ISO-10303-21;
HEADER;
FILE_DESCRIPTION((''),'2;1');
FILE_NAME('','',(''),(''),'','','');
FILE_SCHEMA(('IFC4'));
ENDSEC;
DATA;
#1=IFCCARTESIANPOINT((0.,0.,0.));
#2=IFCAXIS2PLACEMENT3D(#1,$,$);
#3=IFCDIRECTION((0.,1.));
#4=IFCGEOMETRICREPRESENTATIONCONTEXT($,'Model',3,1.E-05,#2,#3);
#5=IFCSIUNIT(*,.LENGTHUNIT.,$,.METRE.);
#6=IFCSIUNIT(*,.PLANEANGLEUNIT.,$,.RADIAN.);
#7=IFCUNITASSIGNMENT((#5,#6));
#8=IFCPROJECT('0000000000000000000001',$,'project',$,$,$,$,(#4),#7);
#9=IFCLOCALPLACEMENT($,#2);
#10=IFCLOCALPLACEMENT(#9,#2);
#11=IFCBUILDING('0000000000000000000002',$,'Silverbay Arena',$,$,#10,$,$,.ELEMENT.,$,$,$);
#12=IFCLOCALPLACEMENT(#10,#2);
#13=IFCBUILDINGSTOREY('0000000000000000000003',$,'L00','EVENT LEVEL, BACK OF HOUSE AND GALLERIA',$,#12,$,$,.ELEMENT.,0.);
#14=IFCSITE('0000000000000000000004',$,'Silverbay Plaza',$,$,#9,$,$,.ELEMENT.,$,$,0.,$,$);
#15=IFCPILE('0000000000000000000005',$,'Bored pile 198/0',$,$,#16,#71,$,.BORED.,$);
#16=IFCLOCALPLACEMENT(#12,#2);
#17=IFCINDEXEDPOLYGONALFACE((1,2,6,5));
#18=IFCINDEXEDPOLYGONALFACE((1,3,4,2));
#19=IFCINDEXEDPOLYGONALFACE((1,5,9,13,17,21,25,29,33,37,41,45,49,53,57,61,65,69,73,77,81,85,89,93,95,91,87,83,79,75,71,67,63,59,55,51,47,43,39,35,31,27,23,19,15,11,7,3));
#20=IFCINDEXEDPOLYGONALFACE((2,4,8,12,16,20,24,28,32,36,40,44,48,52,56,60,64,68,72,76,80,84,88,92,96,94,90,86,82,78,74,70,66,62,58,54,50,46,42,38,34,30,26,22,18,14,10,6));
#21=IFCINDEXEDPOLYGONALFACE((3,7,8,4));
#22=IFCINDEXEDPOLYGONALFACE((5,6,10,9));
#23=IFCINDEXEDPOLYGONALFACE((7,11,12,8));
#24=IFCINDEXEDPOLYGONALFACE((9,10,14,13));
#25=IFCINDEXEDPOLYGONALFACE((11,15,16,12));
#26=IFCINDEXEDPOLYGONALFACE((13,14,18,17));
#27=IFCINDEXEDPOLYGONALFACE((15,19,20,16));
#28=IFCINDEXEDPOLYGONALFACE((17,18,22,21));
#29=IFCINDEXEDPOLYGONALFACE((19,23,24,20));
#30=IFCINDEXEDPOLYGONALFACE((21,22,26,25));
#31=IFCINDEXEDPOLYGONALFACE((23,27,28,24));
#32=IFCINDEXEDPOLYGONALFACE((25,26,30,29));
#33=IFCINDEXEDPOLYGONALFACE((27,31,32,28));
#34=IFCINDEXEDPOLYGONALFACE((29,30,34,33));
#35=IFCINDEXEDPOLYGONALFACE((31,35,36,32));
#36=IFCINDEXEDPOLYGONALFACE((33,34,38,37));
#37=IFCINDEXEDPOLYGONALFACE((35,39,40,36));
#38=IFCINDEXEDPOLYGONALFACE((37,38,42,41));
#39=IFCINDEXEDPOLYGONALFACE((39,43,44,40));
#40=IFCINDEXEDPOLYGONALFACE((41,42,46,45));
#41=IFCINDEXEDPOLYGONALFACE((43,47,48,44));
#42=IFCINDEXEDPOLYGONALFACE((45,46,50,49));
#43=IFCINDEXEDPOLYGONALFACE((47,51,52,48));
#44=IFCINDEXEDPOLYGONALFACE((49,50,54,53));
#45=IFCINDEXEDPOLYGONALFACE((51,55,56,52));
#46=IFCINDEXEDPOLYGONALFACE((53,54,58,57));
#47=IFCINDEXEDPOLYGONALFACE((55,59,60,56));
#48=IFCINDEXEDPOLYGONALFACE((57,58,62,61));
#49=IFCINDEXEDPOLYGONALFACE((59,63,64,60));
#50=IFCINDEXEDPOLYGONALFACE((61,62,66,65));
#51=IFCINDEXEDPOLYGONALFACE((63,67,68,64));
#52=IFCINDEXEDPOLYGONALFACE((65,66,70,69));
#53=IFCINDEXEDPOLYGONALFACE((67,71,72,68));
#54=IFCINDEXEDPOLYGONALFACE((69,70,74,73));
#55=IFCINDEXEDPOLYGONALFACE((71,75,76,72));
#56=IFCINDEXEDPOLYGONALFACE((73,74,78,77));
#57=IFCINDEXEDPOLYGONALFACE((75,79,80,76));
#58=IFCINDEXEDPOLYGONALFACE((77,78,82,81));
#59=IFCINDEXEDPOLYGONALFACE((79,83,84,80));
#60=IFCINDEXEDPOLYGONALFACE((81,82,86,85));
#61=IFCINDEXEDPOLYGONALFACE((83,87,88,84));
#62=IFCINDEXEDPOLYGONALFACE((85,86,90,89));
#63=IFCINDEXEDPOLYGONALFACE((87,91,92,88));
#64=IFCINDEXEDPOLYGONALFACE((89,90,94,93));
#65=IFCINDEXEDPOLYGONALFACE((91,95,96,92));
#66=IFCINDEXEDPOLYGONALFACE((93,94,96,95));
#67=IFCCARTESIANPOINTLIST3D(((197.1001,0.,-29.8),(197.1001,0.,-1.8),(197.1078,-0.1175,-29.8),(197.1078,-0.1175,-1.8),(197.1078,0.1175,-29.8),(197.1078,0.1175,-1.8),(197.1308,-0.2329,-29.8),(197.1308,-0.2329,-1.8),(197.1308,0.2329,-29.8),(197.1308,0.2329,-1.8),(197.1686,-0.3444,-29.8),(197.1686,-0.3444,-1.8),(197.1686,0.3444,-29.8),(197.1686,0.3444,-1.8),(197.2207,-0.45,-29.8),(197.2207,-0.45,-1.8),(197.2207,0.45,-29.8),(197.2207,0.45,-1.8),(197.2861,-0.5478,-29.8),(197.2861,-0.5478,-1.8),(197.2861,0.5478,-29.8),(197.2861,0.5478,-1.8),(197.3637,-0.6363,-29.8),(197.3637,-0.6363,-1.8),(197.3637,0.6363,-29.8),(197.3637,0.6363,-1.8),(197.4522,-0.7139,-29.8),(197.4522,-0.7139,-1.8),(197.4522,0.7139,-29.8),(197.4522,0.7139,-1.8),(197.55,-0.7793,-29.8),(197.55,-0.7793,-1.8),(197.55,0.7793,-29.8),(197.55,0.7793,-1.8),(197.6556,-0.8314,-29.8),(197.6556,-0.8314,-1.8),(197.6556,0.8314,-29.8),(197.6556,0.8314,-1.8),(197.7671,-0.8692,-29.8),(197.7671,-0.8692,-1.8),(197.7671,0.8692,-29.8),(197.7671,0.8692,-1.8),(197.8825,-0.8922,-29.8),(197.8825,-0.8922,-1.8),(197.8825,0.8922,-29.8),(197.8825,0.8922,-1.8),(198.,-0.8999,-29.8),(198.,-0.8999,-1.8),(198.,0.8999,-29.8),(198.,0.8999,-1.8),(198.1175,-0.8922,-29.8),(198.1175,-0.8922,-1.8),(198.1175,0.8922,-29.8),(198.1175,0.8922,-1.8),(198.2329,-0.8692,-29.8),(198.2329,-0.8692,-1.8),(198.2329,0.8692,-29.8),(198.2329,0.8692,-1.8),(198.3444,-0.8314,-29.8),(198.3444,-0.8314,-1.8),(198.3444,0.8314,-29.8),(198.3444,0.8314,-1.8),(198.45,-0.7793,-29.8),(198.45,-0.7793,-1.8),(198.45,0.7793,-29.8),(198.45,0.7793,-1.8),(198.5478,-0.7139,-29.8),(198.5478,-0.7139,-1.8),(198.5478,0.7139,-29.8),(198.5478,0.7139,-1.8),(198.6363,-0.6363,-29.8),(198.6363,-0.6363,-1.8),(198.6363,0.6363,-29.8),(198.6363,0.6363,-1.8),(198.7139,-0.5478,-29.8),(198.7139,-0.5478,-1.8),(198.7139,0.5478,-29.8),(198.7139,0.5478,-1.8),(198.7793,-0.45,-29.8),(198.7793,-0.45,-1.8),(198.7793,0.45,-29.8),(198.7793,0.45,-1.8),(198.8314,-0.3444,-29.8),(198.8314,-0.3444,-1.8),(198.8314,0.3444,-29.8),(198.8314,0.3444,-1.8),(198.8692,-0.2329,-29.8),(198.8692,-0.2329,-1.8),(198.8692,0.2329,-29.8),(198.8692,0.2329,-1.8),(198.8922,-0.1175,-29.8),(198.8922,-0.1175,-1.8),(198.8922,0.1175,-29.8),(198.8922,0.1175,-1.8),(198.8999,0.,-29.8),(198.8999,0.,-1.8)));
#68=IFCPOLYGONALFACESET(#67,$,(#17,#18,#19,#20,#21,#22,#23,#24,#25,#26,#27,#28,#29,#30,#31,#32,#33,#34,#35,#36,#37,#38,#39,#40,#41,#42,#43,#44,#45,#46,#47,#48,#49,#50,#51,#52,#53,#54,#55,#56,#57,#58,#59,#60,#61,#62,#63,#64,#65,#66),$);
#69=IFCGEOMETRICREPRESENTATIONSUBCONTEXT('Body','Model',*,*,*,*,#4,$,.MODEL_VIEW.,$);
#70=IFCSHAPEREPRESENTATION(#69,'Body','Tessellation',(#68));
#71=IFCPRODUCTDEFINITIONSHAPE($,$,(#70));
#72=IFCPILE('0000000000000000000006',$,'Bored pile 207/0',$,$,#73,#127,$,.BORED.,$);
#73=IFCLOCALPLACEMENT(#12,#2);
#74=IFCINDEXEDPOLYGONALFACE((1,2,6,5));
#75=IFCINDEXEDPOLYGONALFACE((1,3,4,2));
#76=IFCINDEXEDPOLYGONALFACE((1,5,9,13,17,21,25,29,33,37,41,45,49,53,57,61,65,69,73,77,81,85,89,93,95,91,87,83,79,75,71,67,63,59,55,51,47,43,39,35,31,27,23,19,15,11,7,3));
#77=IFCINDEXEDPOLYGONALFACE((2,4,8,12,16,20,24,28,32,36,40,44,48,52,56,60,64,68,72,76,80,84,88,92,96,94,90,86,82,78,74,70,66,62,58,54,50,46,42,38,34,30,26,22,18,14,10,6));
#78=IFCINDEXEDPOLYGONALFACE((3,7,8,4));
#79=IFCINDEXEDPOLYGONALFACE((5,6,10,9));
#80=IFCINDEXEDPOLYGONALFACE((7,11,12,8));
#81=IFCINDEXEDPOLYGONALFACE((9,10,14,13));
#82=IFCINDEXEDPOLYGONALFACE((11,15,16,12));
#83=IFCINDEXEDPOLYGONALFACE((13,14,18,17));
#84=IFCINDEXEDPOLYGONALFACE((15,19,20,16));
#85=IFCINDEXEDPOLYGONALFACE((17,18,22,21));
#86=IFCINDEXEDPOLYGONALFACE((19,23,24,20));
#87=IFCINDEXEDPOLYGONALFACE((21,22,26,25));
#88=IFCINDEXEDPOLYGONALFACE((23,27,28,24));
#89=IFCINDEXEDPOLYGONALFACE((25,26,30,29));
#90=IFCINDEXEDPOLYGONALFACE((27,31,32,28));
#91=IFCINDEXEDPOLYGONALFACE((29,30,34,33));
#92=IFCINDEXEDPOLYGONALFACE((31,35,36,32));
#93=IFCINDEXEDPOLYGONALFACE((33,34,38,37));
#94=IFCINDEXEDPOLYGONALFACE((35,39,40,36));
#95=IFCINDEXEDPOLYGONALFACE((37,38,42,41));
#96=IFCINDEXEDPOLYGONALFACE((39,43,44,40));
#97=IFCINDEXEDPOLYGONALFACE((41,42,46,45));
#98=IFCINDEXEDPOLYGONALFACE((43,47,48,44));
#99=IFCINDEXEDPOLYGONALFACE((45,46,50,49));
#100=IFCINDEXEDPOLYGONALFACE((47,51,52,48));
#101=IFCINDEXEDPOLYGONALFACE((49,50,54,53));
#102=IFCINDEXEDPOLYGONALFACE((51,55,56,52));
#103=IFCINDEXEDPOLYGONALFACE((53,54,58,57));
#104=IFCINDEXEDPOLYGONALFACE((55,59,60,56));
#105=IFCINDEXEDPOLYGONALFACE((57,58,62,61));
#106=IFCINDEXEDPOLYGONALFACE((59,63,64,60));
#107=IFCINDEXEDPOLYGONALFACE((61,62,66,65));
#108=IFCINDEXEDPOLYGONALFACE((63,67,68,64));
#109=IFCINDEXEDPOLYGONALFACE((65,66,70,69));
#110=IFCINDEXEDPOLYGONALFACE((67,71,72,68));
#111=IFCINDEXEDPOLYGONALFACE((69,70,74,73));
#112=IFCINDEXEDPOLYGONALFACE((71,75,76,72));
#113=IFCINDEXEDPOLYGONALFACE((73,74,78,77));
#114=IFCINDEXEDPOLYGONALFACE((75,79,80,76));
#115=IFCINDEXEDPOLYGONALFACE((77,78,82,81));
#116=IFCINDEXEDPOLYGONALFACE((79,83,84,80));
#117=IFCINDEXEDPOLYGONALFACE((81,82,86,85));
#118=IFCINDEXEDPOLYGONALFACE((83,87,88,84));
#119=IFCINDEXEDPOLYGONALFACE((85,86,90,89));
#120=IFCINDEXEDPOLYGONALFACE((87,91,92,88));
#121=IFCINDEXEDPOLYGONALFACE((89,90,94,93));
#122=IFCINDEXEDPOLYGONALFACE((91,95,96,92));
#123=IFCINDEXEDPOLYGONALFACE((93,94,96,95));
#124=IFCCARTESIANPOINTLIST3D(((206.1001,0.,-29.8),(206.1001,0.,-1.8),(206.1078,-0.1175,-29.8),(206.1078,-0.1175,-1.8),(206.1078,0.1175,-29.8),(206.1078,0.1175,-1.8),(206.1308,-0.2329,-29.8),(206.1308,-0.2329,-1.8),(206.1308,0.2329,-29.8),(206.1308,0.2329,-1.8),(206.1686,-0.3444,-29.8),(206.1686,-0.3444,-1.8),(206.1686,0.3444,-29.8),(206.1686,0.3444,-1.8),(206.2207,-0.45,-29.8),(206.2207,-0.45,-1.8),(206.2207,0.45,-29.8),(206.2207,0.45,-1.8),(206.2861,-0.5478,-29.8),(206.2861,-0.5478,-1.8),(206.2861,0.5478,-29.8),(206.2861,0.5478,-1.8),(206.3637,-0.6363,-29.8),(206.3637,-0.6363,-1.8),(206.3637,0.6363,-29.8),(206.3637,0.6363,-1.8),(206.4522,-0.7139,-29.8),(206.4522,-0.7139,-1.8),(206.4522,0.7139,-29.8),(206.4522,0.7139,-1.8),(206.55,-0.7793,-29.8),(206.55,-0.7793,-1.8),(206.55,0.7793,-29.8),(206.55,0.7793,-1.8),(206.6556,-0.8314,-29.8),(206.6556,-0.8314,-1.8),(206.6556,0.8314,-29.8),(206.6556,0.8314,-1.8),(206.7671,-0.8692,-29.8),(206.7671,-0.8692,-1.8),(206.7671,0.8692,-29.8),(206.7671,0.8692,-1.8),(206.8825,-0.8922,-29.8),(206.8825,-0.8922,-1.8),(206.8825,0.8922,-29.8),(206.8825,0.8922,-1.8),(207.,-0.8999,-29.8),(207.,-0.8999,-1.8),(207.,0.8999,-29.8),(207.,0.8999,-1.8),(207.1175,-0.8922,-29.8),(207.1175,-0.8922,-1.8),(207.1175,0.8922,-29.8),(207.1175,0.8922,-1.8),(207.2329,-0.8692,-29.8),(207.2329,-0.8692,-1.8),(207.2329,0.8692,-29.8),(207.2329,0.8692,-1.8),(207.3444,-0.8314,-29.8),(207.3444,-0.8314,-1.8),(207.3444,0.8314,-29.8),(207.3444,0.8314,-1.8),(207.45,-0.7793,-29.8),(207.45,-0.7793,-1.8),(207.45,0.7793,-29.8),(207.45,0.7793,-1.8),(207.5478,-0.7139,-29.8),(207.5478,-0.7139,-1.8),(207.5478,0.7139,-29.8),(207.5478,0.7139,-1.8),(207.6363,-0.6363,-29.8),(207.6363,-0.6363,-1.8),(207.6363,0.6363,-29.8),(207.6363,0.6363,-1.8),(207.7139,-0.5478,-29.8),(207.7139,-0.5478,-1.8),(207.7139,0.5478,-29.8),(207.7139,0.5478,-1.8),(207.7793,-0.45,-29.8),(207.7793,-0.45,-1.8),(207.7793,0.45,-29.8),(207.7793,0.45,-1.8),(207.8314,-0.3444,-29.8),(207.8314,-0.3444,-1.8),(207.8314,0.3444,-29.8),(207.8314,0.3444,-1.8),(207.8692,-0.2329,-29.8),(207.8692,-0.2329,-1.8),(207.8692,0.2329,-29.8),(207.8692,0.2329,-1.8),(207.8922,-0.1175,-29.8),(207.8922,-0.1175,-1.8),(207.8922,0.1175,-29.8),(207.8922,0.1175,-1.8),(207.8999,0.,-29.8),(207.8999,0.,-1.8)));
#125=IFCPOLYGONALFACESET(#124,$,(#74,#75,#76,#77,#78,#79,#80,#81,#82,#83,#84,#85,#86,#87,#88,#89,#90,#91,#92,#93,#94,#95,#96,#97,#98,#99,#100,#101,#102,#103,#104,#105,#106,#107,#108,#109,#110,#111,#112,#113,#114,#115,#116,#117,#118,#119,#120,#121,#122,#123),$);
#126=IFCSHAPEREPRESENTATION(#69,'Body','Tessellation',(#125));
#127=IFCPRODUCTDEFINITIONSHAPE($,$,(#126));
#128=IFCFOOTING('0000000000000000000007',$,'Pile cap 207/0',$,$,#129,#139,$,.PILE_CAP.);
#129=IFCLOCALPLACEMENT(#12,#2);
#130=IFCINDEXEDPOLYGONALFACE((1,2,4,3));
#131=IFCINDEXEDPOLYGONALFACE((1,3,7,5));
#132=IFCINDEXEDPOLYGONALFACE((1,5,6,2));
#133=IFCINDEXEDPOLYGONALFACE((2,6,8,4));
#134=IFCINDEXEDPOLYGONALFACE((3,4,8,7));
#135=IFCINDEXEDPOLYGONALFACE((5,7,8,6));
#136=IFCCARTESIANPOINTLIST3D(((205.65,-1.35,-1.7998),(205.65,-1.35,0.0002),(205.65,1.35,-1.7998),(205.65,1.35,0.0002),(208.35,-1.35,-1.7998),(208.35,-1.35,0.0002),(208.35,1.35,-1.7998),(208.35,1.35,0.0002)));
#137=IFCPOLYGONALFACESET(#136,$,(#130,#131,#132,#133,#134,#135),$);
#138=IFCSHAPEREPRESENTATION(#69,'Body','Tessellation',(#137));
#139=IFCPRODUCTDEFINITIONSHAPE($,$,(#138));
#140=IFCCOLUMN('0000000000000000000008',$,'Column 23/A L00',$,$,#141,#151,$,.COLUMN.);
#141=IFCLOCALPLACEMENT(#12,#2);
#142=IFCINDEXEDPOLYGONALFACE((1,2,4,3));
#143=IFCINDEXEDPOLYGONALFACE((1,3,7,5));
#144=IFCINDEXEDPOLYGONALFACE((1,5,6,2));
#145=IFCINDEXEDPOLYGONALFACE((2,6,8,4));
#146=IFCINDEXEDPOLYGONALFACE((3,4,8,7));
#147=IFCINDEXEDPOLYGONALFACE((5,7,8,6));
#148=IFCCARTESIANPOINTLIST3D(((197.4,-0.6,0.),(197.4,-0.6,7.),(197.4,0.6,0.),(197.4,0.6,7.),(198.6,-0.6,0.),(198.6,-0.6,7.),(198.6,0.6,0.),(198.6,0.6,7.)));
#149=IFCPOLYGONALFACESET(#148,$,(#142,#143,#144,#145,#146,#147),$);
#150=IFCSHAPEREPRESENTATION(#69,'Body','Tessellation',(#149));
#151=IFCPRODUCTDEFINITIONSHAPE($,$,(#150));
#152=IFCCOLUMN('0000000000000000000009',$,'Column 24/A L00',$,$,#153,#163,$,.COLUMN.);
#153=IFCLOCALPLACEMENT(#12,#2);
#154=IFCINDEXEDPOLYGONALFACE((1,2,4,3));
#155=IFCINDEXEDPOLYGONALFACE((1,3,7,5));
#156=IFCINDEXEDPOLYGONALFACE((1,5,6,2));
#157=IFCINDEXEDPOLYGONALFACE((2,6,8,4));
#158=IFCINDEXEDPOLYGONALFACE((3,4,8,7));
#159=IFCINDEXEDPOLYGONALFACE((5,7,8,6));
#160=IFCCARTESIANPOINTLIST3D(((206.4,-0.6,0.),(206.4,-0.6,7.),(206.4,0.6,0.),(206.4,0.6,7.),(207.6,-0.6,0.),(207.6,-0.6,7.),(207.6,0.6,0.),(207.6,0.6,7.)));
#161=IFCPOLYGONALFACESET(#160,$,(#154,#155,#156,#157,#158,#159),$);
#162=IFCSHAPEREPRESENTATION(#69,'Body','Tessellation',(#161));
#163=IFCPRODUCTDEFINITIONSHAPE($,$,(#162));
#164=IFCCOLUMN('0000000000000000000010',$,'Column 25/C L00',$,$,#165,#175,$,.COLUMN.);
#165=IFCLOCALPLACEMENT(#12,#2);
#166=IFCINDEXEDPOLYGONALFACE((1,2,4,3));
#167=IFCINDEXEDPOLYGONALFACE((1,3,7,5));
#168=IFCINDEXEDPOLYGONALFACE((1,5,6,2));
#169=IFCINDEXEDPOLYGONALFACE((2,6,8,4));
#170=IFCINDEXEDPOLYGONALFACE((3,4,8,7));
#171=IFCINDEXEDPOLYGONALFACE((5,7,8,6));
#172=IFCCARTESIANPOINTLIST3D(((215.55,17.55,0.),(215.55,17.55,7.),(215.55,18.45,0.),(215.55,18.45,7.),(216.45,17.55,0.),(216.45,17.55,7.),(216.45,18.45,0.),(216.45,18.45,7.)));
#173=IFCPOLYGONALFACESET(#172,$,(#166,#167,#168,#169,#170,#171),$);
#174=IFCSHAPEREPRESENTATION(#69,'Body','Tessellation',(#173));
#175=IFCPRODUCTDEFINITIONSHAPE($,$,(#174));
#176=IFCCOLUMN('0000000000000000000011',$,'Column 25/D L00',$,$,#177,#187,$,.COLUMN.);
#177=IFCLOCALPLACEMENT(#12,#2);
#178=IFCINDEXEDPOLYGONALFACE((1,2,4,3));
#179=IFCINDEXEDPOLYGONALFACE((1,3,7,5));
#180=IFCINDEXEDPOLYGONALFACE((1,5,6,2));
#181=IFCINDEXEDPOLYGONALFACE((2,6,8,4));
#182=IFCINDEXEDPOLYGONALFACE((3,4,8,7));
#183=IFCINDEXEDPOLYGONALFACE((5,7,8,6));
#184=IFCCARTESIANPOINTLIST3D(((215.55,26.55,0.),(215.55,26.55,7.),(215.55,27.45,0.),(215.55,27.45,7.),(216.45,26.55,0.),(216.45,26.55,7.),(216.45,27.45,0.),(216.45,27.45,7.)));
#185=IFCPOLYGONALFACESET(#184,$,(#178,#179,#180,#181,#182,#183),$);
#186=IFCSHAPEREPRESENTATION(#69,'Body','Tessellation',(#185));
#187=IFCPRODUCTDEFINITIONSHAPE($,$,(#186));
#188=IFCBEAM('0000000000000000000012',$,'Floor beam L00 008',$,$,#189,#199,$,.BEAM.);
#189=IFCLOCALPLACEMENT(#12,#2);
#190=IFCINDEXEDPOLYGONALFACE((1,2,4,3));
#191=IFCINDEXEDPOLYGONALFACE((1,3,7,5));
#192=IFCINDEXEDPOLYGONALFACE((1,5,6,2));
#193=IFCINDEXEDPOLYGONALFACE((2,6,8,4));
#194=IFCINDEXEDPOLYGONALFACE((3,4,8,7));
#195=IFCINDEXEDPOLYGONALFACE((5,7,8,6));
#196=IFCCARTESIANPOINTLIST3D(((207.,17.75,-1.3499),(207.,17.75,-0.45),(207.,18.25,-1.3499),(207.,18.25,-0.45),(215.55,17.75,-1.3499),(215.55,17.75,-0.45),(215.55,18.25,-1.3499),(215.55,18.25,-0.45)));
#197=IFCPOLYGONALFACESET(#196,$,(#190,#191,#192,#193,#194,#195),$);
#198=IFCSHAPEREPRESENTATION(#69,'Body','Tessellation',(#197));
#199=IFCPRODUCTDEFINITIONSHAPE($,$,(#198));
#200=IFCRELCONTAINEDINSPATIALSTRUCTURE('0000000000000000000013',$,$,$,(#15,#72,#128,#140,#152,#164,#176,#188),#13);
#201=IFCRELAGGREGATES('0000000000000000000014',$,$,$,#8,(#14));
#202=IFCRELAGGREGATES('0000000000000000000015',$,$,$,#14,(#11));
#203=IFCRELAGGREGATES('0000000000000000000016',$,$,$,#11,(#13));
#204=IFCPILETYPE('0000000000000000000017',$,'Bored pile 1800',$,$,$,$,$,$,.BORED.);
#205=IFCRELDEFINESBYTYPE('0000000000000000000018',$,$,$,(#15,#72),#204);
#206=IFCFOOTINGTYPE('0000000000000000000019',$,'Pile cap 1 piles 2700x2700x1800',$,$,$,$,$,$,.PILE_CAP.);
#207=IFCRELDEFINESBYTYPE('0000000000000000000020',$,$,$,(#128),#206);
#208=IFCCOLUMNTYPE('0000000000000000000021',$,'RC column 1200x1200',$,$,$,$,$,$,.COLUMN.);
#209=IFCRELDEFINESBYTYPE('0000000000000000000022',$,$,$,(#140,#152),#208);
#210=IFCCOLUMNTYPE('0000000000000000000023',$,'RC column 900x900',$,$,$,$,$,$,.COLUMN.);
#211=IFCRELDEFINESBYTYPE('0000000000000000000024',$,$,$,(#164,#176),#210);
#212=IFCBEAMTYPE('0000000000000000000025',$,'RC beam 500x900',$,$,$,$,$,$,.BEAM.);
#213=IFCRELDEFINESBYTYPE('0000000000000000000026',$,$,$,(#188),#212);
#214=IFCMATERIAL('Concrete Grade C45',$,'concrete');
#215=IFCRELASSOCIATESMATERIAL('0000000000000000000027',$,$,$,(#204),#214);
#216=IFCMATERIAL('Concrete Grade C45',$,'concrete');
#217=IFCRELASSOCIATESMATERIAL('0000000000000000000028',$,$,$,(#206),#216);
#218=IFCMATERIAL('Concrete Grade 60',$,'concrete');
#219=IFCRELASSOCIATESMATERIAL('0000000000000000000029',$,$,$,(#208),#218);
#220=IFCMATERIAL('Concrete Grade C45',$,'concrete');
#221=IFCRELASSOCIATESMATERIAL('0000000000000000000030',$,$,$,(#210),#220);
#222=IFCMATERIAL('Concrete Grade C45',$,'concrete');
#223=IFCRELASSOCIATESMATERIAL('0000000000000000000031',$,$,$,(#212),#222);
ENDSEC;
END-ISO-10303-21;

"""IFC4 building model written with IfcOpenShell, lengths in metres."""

from ifc_helpers import new_model, si_unit, direction, frame, origin, origin_2d, place, context, subcontext, project, spatial, rectangle, circle, extrude, material, material_profile, profile_set, type_object, element, save


model = new_model("IFC4")

# Units and contexts
model_context = context("Model", 3, precision=1e-05, world=origin(), true_north=direction((0.0, 1.0)))
body_context = subcontext(model_context, "Body", "Model", "MODEL_VIEW")
ifc_project = project(units=[si_unit("LENGTHUNIT", "METRE"), si_unit("PLANEANGLEUNIT", "RADIAN")], contexts=[model_context])

# Site, building, storey
site_placement = place(None, origin())
site = spatial("IfcSite", under=ifc_project, at=site_placement, Name="Silverbay Plaza", CompositionType="ELEMENT", RefElevation=0.0)
building_placement = place(site_placement, origin())
building = spatial("IfcBuilding", under=site, at=building_placement, Name="Silverbay Arena", CompositionType="ELEMENT")
storey_placement = place(building_placement, origin())
storey = spatial("IfcBuildingStorey", under=building, at=storey_placement, Name="L00", Description="EVENT LEVEL, BACK OF HOUSE AND GALLERIA", CompositionType="ELEMENT", Elevation=0.0)

# Piles
ifc_material_1 = material(Name="Concrete Grade C45", Category="concrete")
ifc_material_profile_1 = material_profile(ifc_material_1, circle(Radius=0.8999, at=origin_2d()), Name="Bored pile 1800")
ifc_profile_set_1 = profile_set([ifc_material_profile_1], Name="Concrete Grade C45")
pile_type = type_object("IfcPileType", Name="Bored pile 1800", PredefinedType="BORED", material=ifc_profile_set_1)
for number, where, z_axis, x_axis, name in (
    (1, (198.0, 0.0, -1.8), (0.0, 0.0, -1.0), (1.0, 0.0, 0.0), "Bored pile 198/0"),
    (2, (207.0, 0.0, -1.8), (0.0, 0.0, -1.0), (1.0, 0.0, 0.0), "Bored pile 207/0"),
):
    element("IfcPile", number, at=place(storey_placement, frame(where, z_axis=z_axis, x_axis=x_axis)), inside=storey, type_object=pile_type, Name=name, PredefinedType="BORED", context=body_context, shape_type="SweptSolid", body=[
        extrude(circle(Radius=0.8999, at=origin_2d()), origin(), (0.0, 0.0, 1.0), 28.0),
    ])

# Footing
ifc_material_2 = material(Name="Concrete Grade C45", Category="concrete")
footing_type = type_object("IfcFootingType", Name="Pile cap 1 piles 2700x2700x1800", PredefinedType="PILE_CAP", material=ifc_material_2)
footing_placement = place(storey_placement, frame((207.0, 0.0, -1.7998), z_axis=(0.0, 0.0, 1.0), x_axis=(1.0, 0.0, 0.0)))
element("IfcFooting", 3, at=footing_placement, inside=storey, type_object=footing_type, Name="Pile cap 207/0", PredefinedType="PILE_CAP", context=body_context, shape_type="SweptSolid", body=[
    extrude(rectangle(XDim=2.7, YDim=2.7, at=origin_2d()), origin(), (0.0, 0.0, 1.0), 1.8),
])

# Columns
ifc_material_3 = material(Name="Concrete Grade 60", Category="concrete")
ifc_material_profile_2 = material_profile(ifc_material_3, rectangle(XDim=1.2, YDim=1.2, at=origin_2d()), Name="RC 1200x1200")
ifc_profile_set_2 = profile_set([ifc_material_profile_2], Name="Concrete Grade 60")
column_type_1 = type_object("IfcColumnType", Name="RC column 1200x1200", PredefinedType="COLUMN", material=ifc_profile_set_2)
for number, where, z_axis, x_axis, name in (
    (4, (198.0, 0.0, 0.0), (0.0, 0.0, 1.0), (1.0, 0.0, 0.0), "Column 23/A L00"),
    (5, (207.0, 0.0, 0.0), (0.0, 0.0, 1.0), (1.0, 0.0, 0.0), "Column 24/A L00"),
):
    element("IfcColumn", number, at=place(storey_placement, frame(where, z_axis=z_axis, x_axis=x_axis)), inside=storey, type_object=column_type_1, Name=name, PredefinedType="COLUMN", context=body_context, shape_type="SweptSolid", body=[
        extrude(rectangle(XDim=1.2, YDim=1.2, at=origin_2d()), origin(), (0.0, 0.0, 1.0), 7.0),
    ])
ifc_material_4 = material(Name="Concrete Grade C45", Category="concrete")
ifc_material_profile_3 = material_profile(ifc_material_4, rectangle(XDim=0.8999, YDim=0.8999, at=origin_2d()), Name="RC 900x900")
ifc_profile_set_3 = profile_set([ifc_material_profile_3], Name="Concrete Grade C45")
column_type_2 = type_object("IfcColumnType", Name="RC column 900x900", PredefinedType="COLUMN", material=ifc_profile_set_3)
for number, where, z_axis, x_axis, name in (
    (6, (216.0, 18.0, 0.0), (0.0, 0.0, 1.0), (1.0, 0.0, 0.0), "Column 25/C L00"),
    (7, (216.0, 27.0, 0.0), (0.0, 0.0, 1.0), (1.0, 0.0, 0.0), "Column 25/D L00"),
):
    element("IfcColumn", number, at=place(storey_placement, frame(where, z_axis=z_axis, x_axis=x_axis)), inside=storey, type_object=column_type_2, Name=name, PredefinedType="COLUMN", context=body_context, shape_type="SweptSolid", body=[
        extrude(rectangle(XDim=0.8999, YDim=0.8999, at=origin_2d()), origin(), (0.0, 0.0, 1.0), 7.0),
    ])

# Beam
ifc_material_5 = material(Name="Concrete Grade C45", Category="concrete")
ifc_material_profile_4 = material_profile(ifc_material_5, rectangle(XDim=0.5, YDim=0.8999, at=origin_2d()), Name="RC 500x900")
ifc_profile_set_4 = profile_set([ifc_material_profile_4], Name="Concrete Grade C45")
beam_type = type_object("IfcBeamType", Name="RC beam 500x900", PredefinedType="BEAM", material=ifc_profile_set_4)
for number, where, z_axis, x_axis, name in (
    (8, (207.0, 18.0, -0.8999), (1.0, 0.0, 0.0), (0.0, 1.0, 0.0), "Floor beam L00 008"),
):
    element("IfcBeam", number, at=place(storey_placement, frame(where, z_axis=z_axis, x_axis=x_axis)), inside=storey, type_object=beam_type, Name=name, PredefinedType="BEAM", context=body_context, shape_type="SweptSolid", body=[
        extrude(rectangle(XDim=0.5, YDim=0.8999, at=origin_2d()), origin(), (0.0, 0.0, 1.0), 8.55),
    ])

save(model, "model.ifc")
